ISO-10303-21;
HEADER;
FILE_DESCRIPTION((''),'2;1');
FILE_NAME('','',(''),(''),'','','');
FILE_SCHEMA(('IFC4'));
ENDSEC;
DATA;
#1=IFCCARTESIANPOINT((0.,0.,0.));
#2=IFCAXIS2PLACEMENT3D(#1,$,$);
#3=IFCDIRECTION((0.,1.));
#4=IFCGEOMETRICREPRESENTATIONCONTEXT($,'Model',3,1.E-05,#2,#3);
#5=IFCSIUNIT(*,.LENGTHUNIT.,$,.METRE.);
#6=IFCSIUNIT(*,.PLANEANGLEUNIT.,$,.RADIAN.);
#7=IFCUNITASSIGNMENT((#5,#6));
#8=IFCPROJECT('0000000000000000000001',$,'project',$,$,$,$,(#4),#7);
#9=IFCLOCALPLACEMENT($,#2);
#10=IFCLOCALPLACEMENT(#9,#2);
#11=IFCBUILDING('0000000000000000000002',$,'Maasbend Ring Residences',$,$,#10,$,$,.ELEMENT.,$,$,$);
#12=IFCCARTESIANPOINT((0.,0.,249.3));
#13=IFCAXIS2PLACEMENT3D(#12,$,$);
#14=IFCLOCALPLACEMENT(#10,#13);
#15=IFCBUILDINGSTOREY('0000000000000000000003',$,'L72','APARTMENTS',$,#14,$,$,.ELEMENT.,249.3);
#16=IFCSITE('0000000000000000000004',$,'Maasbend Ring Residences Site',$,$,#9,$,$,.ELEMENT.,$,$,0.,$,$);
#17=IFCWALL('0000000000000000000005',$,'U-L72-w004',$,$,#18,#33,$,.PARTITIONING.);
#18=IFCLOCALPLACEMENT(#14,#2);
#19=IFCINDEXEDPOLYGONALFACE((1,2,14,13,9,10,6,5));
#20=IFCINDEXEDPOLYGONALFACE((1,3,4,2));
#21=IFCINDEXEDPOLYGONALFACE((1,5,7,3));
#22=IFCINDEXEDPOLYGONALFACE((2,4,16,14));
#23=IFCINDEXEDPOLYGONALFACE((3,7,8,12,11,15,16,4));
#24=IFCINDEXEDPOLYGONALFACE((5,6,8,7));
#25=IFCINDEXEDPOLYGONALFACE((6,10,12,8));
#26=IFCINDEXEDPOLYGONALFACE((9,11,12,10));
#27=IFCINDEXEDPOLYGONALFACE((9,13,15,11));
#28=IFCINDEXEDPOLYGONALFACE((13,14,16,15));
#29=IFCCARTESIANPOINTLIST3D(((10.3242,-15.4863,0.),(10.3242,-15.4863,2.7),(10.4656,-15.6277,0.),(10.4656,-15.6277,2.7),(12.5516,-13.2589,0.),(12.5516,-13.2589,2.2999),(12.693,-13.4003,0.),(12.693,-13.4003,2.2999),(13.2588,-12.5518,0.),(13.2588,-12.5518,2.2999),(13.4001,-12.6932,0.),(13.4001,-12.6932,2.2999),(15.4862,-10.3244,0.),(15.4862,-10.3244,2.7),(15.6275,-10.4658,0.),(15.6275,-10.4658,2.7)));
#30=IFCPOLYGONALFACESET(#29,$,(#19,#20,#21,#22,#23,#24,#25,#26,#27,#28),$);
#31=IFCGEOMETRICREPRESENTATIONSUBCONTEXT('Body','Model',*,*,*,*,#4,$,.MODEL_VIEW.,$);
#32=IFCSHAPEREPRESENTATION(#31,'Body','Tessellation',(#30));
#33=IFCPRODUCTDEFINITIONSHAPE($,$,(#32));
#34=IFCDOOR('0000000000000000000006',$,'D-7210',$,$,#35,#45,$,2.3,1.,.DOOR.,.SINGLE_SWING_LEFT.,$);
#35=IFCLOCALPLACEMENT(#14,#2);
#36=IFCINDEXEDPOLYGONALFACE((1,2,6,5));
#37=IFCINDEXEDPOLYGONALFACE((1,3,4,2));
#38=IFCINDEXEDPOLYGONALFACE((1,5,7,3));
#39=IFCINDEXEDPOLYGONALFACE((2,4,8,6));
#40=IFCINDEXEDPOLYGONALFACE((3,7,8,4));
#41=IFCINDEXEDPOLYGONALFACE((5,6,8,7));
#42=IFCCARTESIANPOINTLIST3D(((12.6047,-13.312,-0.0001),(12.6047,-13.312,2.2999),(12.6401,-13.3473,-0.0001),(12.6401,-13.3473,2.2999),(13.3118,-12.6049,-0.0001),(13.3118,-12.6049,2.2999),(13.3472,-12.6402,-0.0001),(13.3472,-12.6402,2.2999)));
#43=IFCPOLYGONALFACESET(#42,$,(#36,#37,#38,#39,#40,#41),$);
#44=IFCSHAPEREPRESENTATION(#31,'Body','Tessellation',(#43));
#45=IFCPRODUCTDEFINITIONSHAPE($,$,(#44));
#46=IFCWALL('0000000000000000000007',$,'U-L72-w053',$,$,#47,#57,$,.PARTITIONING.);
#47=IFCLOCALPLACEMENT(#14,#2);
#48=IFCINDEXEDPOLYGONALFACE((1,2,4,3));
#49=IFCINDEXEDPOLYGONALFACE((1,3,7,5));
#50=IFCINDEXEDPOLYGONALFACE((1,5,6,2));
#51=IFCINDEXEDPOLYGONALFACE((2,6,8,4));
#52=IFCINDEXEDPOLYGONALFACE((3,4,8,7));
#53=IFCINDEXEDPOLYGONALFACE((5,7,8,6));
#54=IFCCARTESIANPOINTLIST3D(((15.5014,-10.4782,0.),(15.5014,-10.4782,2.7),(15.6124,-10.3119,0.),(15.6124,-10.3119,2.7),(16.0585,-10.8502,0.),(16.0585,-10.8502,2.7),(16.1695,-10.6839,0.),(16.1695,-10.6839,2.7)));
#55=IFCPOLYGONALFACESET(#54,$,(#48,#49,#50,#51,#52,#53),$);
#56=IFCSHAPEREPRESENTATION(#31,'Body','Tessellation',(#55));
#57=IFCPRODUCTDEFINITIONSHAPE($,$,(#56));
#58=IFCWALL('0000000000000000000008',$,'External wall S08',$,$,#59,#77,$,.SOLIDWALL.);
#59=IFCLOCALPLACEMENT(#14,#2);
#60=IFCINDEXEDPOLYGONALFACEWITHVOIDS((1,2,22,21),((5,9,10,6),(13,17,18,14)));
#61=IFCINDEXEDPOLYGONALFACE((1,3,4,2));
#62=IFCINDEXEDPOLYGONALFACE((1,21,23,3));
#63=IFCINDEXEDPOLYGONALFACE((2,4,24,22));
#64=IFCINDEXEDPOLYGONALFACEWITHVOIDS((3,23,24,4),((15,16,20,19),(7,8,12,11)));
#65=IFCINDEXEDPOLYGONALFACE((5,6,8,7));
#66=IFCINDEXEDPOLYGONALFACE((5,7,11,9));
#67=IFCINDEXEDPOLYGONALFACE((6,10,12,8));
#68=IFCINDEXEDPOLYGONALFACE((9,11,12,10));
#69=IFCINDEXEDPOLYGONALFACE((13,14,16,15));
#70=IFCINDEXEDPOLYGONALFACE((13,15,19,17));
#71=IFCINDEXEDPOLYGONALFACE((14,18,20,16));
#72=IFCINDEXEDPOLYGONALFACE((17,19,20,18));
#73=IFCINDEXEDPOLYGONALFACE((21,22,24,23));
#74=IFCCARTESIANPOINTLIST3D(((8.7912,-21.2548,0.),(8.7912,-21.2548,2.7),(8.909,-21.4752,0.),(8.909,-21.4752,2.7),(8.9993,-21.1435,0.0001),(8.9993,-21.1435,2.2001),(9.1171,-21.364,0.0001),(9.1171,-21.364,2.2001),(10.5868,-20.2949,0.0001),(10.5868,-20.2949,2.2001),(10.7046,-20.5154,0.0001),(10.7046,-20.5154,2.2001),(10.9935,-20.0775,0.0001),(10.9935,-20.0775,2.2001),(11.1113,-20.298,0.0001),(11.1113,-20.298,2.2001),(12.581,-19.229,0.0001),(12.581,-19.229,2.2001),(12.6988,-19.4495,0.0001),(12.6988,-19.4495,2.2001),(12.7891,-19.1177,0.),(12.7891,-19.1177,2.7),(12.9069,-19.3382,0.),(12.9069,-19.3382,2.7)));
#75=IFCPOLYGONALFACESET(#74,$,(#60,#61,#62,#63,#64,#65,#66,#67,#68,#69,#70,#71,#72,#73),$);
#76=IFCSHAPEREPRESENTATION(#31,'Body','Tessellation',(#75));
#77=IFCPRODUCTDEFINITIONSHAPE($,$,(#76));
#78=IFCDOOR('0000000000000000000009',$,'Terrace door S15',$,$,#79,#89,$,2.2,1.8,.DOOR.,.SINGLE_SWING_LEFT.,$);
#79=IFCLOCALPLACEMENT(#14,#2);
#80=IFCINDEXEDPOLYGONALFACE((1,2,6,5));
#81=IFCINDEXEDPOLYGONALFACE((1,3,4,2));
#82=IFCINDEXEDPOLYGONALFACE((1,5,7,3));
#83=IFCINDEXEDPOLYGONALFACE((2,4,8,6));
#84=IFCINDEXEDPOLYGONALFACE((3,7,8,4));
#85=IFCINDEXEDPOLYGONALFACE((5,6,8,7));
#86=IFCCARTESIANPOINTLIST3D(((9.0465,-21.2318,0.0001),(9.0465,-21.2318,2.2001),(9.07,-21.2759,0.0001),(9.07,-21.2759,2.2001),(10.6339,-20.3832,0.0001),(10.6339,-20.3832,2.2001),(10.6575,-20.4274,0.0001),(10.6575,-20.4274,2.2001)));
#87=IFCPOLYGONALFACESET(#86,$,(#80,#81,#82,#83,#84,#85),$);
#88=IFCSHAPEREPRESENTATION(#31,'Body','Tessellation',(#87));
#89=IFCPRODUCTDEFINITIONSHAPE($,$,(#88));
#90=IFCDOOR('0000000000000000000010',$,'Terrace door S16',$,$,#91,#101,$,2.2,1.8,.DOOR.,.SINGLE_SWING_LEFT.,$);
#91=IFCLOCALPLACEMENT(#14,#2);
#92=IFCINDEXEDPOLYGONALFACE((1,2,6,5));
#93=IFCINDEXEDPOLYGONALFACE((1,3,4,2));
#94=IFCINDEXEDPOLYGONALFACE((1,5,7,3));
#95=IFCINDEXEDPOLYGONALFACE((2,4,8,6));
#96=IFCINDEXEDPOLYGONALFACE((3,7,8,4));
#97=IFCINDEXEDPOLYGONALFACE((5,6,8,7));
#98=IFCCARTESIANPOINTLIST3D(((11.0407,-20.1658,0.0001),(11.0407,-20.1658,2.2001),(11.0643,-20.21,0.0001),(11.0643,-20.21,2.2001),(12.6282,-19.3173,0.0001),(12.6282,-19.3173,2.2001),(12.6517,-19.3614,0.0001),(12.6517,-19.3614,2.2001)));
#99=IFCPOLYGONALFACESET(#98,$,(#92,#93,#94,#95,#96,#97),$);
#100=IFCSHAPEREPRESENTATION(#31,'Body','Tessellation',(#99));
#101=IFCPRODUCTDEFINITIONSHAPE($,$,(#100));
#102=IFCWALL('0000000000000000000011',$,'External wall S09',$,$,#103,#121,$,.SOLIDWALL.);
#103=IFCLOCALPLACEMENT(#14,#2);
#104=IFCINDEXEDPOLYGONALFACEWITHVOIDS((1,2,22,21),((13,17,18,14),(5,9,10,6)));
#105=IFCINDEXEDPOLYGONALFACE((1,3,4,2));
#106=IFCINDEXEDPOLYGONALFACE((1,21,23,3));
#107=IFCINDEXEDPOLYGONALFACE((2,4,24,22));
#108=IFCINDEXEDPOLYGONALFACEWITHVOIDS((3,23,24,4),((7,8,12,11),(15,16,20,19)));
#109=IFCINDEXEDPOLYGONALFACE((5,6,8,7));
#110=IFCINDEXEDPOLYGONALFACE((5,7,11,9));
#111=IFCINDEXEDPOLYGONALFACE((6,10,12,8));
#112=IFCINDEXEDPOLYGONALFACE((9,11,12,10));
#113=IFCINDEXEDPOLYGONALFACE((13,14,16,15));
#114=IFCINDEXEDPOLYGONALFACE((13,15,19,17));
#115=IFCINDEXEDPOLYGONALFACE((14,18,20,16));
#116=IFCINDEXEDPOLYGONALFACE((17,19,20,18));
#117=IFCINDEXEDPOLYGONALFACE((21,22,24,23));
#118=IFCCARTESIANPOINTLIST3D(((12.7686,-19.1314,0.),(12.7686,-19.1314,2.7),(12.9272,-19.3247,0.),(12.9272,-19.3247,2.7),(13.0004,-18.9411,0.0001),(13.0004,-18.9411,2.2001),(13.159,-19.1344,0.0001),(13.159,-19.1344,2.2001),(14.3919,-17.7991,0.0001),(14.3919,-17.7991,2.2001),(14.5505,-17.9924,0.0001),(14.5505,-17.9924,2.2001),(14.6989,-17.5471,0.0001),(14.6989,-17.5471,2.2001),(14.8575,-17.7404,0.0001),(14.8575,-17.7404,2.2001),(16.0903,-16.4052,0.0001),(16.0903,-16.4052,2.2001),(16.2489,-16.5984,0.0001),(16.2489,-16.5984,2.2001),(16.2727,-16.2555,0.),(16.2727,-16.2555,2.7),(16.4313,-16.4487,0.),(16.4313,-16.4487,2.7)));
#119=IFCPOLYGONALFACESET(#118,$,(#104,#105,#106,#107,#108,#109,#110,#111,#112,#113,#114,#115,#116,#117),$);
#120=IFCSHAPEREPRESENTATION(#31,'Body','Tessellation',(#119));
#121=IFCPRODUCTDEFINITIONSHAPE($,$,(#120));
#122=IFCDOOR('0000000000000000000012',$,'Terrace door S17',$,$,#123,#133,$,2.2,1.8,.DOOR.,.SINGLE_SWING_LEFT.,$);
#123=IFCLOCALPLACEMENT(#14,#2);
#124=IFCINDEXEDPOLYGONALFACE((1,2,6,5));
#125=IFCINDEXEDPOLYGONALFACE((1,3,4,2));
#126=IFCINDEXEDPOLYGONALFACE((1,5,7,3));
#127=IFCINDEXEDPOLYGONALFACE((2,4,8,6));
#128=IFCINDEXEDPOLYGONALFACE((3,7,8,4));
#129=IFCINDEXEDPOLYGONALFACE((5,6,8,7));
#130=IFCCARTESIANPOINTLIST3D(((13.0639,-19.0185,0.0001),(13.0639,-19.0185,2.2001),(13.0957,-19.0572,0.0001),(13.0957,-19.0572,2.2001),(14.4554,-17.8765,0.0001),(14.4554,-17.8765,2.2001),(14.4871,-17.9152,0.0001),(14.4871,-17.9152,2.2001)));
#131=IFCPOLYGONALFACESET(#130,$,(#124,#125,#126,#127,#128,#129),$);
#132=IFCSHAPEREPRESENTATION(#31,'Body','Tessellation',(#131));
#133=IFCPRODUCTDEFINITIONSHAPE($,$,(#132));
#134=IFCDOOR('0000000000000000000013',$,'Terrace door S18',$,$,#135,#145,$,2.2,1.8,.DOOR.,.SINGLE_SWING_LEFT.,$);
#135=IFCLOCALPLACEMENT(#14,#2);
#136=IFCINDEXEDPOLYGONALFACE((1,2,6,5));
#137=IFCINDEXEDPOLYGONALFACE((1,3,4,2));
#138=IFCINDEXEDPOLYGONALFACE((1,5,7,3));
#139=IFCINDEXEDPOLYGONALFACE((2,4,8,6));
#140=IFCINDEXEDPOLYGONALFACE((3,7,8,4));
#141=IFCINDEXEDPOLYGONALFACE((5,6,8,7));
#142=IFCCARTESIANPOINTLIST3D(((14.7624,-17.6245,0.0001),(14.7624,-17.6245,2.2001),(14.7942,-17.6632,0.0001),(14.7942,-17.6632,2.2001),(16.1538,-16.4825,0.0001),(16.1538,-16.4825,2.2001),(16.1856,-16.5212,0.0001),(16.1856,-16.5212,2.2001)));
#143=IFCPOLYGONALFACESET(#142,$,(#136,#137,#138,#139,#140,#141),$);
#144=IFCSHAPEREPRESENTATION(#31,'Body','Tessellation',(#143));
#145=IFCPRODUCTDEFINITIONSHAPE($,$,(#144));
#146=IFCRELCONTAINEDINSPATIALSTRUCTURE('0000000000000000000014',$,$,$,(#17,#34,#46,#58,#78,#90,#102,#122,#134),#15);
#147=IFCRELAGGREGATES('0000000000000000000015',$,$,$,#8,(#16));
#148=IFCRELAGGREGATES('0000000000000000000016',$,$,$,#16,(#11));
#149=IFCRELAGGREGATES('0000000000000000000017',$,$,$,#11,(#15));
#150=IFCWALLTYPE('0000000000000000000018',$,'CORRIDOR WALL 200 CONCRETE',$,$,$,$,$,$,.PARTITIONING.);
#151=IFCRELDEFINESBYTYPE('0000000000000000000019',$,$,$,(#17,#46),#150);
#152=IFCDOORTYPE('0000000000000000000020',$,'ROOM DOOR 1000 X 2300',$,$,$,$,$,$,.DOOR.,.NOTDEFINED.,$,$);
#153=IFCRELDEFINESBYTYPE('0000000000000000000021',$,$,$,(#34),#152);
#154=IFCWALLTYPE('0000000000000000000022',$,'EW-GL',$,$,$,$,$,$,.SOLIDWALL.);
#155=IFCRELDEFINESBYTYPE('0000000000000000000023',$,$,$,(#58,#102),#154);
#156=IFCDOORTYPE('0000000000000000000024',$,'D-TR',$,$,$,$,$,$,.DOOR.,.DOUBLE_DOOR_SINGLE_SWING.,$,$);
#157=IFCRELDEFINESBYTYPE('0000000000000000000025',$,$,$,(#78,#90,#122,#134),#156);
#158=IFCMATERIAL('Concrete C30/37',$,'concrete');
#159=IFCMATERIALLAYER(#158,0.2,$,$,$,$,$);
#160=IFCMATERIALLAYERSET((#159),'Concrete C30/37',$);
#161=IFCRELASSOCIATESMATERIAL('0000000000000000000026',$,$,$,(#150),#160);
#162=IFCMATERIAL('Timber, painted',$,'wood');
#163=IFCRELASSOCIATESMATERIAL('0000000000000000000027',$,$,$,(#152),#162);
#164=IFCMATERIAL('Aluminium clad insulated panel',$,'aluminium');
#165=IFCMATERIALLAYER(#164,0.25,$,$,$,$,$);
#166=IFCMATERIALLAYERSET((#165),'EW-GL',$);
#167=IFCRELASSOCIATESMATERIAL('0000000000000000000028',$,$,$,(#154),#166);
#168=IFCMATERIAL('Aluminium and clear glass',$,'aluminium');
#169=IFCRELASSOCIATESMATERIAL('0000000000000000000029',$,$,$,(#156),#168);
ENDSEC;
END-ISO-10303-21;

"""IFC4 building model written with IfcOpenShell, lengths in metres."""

from ifc_helpers import new_model, si_unit, direction, frame, frame_2d, origin, place, context, subcontext, project, spatial, rectangle, extrude, material, layer, layer_set, type_object, element, fill, save


model = new_model("IFC4")

# Units and contexts
model_context = context("Model", 3, precision=1e-05, world=origin(), true_north=direction((0.0, 1.0)))
body_context = subcontext(model_context, "Body", "Model", "MODEL_VIEW")
ifc_project = project(units=[si_unit("LENGTHUNIT", "METRE"), si_unit("PLANEANGLEUNIT", "RADIAN")], contexts=[model_context])

# Site, building, storey
site_placement = place(None, origin())
site = spatial("IfcSite", under=ifc_project, at=site_placement, Name="Maasbend Ring Residences Site", CompositionType="ELEMENT", RefElevation=0.0)
building_placement = place(site_placement, origin())
building = spatial("IfcBuilding", under=site, at=building_placement, Name="Maasbend Ring Residences", CompositionType="ELEMENT")
storey_placement = place(building_placement, frame((0.0, 0.0, 249.3)))
storey = spatial("IfcBuildingStorey", under=building, at=storey_placement, Name="L72", Description="APARTMENTS", CompositionType="ELEMENT", Elevation=249.3)

# Wall, opening, door
ifc_material_1 = material(Name="Concrete C30/37", Category="concrete")
ifc_layer_1 = layer(ifc_material_1, 0.2)
ifc_layer_set_1 = layer_set([ifc_layer_1], Name="Concrete C30/37")
wall_type_1 = type_object("IfcWallType", Name="CORRIDOR WALL 200 CONCRETE", PredefinedType="PARTITIONING", material=ifc_layer_set_1)
wall_1_placement = place(storey_placement, frame((10.395, -15.5569, 0.0), z_axis=(0.0, 0.0, 1.0), x_axis=(0.707107, 0.707107, 0.0)))
wall_1 = element("IfcWall", 1, at=wall_1_placement, inside=storey, type_object=wall_type_1, Name="U-L72-w004", PredefinedType="PARTITIONING", context=body_context, shape_type="SweptSolid", body=[
    extrude(rectangle(XDim=7.3, YDim=0.2, at=frame_2d((3.6499, 0.0))), origin(), (0.0, 0.0, 1.0), 2.7),
])
opening_1_placement = place(wall_1_placement, frame((3.1499, 0.0, 0.0)))
opening_1 = element("IfcOpeningElement", 2, at=opening_1_placement, cuts=wall_1, PredefinedType="OPENING", context=body_context, shape_type="SweptSolid", body=[
    extrude(rectangle(XDim=1.0, YDim=2.3, at=frame_2d((0.5, 1.1499))), frame((0.0, 0.1099, 0.0), z_axis=(0.0, -1.0, 0.0), x_axis=(1.0, 0.0, 0.0)), (0.0, 0.0, 1.0), 0.22),
])
ifc_material_2 = material(Name="Timber, painted", Category="wood")
door_type_1 = type_object("IfcDoorType", Name="ROOM DOOR 1000 X 2300", OperationType="NOTDEFINED", PredefinedType="DOOR", material=ifc_material_2)
door_1_placement = place(opening_1_placement, origin())
door_1 = element("IfcDoor", 3, at=door_1_placement, inside=storey, type_object=door_type_1, Name="D-7210", OperationType="SINGLE_SWING_LEFT", OverallHeight=2.3, OverallWidth=1.0, PredefinedType="DOOR", context=body_context, shape_type="SweptSolid", body=[
    extrude(rectangle(XDim=1.0, YDim=2.3, at=frame_2d((0.5, 1.1499))), frame((0.0, 0.0249, 0.0), z_axis=(0.0, -1.0, 0.0), x_axis=(1.0, 0.0, 0.0)), (0.0, 0.0, 1.0), 0.05),
])
fill(opening_1, door_1)

# Wall
wall_2_placement = place(storey_placement, frame((15.5569, -10.395, 0.0), z_axis=(0.0, 0.0, 1.0), x_axis=(0.831602, -0.555373, 0.0)))
element("IfcWall", 4, at=wall_2_placement, inside=storey, type_object=wall_type_1, Name="U-L72-w053", PredefinedType="PARTITIONING", context=body_context, shape_type="SweptSolid", body=[
    extrude(rectangle(XDim=0.6699, YDim=0.2, at=frame_2d((0.335, 0.0))), origin(), (0.0, 0.0, 1.0), 2.7),
])

# Walls, openings, doors
ifc_material_3 = material(Name="Aluminium clad insulated panel", Category="aluminium")
ifc_layer_2 = layer(ifc_material_3, 0.25)
ifc_layer_set_2 = layer_set([ifc_layer_2], Name="EW-GL")
wall_type_2 = type_object("IfcWallType", Name="EW-GL", PredefinedType="SOLIDWALL", material=ifc_layer_set_2)
wall_3_placement = place(storey_placement, frame((8.8501, -21.365, 0.0), z_axis=(0.0, 0.0, 1.0), x_axis=(0.881913, 0.471413, 0.0)))
wall_3 = element("IfcWall", 5, at=wall_3_placement, inside=storey, type_object=wall_type_2, Name="External wall S08", PredefinedType="SOLIDWALL", context=body_context, shape_type="SweptSolid", body=[
    extrude(rectangle(XDim=4.5332, YDim=0.25, at=frame_2d((2.2666, 0.0))), origin(), (0.0, 0.0, 1.0), 2.7),
])
opening_2_placement = place(wall_3_placement, frame((0.2361, 0.0, 0.0)))
opening_2 = element("IfcOpeningElement", 6, at=opening_2_placement, cuts=wall_3, PredefinedType="OPENING", context=body_context, shape_type="SweptSolid", body=[
    extrude(rectangle(XDim=1.8, YDim=2.2, at=frame_2d((0.8999, 1.1001))), frame((0.0, 0.135, 0.0), z_axis=(0.0, -1.0, 0.0), x_axis=(1.0, 0.0, 0.0)), (0.0, 0.0, 1.0), 0.27),
])
opening_3_placement = place(wall_3_placement, frame((2.4973, 0.0, 0.0)))
opening_3 = element("IfcOpeningElement", 7, at=opening_3_placement, cuts=wall_3, PredefinedType="OPENING", context=body_context, shape_type="SweptSolid", body=[
    extrude(rectangle(XDim=1.8, YDim=2.2, at=frame_2d((0.8999, 1.1001))), frame((0.0, 0.135, 0.0), z_axis=(0.0, -1.0, 0.0), x_axis=(1.0, 0.0, 0.0)), (0.0, 0.0, 1.0), 0.27),
])
ifc_material_4 = material(Name="Aluminium and clear glass", Category="aluminium")
door_type_2 = type_object("IfcDoorType", Name="D-TR", OperationType="DOUBLE_DOOR_SINGLE_SWING", PredefinedType="DOOR", material=ifc_material_4)
door_2_placement = place(opening_2_placement, origin())
door_2 = element("IfcDoor", 8, at=door_2_placement, inside=storey, type_object=door_type_2, Name="Terrace door S15", OperationType="SINGLE_SWING_LEFT", OverallHeight=2.2, OverallWidth=1.8, PredefinedType="DOOR", context=body_context, shape_type="SweptSolid", body=[
    extrude(rectangle(XDim=1.8, YDim=2.2, at=frame_2d((0.8999, 1.1001))), frame((0.0, 0.0249, 0.0), z_axis=(0.0, -1.0, 0.0), x_axis=(1.0, 0.0, 0.0)), (0.0, 0.0, 1.0), 0.05),
])
fill(opening_2, door_2)
door_3_placement = place(opening_3_placement, origin())
door_3 = element("IfcDoor", 9, at=door_3_placement, inside=storey, type_object=door_type_2, Name="Terrace door S16", OperationType="SINGLE_SWING_LEFT", OverallHeight=2.2, OverallWidth=1.8, PredefinedType="DOOR", context=body_context, shape_type="SweptSolid", body=[
    extrude(rectangle(XDim=1.8, YDim=2.2, at=frame_2d((0.8999, 1.1001))), frame((0.0, 0.0249, 0.0), z_axis=(0.0, -1.0, 0.0), x_axis=(1.0, 0.0, 0.0)), (0.0, 0.0, 1.0), 0.05),
])
fill(opening_3, door_3)
wall_4_placement = place(storey_placement, frame((12.8479, -19.228, 0.0), z_axis=(0.0, 0.0, 1.0), x_axis=(0.772989, 0.634419, 0.0)))
wall_4 = element("IfcWall", 10, at=wall_4_placement, inside=storey, type_object=wall_type_2, Name="External wall S09", PredefinedType="SOLIDWALL", context=body_context, shape_type="SweptSolid", body=[
    extrude(rectangle(XDim=4.5332, YDim=0.25, at=frame_2d((2.2666, 0.0))), origin(), (0.0, 0.0, 1.0), 2.7),
])
opening_4_placement = place(wall_4_placement, frame((0.3, 0.0, 0.0)))
opening_4 = element("IfcOpeningElement", 11, at=opening_4_placement, cuts=wall_4, PredefinedType="OPENING", context=body_context, shape_type="SweptSolid", body=[
    extrude(rectangle(XDim=1.8, YDim=2.2, at=frame_2d((0.8999, 1.1001))), frame((0.0, 0.135, 0.0), z_axis=(0.0, -1.0, 0.0), x_axis=(1.0, 0.0, 0.0)), (0.0, 0.0, 1.0), 0.27),
])
opening_5_placement = place(wall_4_placement, frame((2.4973, 0.0, 0.0)))
opening_5 = element("IfcOpeningElement", 12, at=opening_5_placement, cuts=wall_4, PredefinedType="OPENING", context=body_context, shape_type="SweptSolid", body=[
    extrude(rectangle(XDim=1.8, YDim=2.2, at=frame_2d((0.8999, 1.1001))), frame((0.0, 0.135, 0.0), z_axis=(0.0, -1.0, 0.0), x_axis=(1.0, 0.0, 0.0)), (0.0, 0.0, 1.0), 0.27),
])
door_4_placement = place(opening_4_placement, origin())
door_4 = element("IfcDoor", 13, at=door_4_placement, inside=storey, type_object=door_type_2, Name="Terrace door S17", OperationType="SINGLE_SWING_LEFT", OverallHeight=2.2, OverallWidth=1.8, PredefinedType="DOOR", context=body_context, shape_type="SweptSolid", body=[
    extrude(rectangle(XDim=1.8, YDim=2.2, at=frame_2d((0.8999, 1.1001))), frame((0.0, 0.0249, 0.0), z_axis=(0.0, -1.0, 0.0), x_axis=(1.0, 0.0, 0.0)), (0.0, 0.0, 1.0), 0.05),
])
fill(opening_4, door_4)
door_5_placement = place(opening_5_placement, origin())
door_5 = element("IfcDoor", 14, at=door_5_placement, inside=storey, type_object=door_type_2, Name="Terrace door S18", OperationType="SINGLE_SWING_LEFT", OverallHeight=2.2, OverallWidth=1.8, PredefinedType="DOOR", context=body_context, shape_type="SweptSolid", body=[
    extrude(rectangle(XDim=1.8, YDim=2.2, at=frame_2d((0.8999, 1.1001))), frame((0.0, 0.0249, 0.0), z_axis=(0.0, -1.0, 0.0), x_axis=(1.0, 0.0, 0.0)), (0.0, 0.0, 1.0), 0.05),
])
fill(opening_5, door_5)

save(model, "model.ifc")
